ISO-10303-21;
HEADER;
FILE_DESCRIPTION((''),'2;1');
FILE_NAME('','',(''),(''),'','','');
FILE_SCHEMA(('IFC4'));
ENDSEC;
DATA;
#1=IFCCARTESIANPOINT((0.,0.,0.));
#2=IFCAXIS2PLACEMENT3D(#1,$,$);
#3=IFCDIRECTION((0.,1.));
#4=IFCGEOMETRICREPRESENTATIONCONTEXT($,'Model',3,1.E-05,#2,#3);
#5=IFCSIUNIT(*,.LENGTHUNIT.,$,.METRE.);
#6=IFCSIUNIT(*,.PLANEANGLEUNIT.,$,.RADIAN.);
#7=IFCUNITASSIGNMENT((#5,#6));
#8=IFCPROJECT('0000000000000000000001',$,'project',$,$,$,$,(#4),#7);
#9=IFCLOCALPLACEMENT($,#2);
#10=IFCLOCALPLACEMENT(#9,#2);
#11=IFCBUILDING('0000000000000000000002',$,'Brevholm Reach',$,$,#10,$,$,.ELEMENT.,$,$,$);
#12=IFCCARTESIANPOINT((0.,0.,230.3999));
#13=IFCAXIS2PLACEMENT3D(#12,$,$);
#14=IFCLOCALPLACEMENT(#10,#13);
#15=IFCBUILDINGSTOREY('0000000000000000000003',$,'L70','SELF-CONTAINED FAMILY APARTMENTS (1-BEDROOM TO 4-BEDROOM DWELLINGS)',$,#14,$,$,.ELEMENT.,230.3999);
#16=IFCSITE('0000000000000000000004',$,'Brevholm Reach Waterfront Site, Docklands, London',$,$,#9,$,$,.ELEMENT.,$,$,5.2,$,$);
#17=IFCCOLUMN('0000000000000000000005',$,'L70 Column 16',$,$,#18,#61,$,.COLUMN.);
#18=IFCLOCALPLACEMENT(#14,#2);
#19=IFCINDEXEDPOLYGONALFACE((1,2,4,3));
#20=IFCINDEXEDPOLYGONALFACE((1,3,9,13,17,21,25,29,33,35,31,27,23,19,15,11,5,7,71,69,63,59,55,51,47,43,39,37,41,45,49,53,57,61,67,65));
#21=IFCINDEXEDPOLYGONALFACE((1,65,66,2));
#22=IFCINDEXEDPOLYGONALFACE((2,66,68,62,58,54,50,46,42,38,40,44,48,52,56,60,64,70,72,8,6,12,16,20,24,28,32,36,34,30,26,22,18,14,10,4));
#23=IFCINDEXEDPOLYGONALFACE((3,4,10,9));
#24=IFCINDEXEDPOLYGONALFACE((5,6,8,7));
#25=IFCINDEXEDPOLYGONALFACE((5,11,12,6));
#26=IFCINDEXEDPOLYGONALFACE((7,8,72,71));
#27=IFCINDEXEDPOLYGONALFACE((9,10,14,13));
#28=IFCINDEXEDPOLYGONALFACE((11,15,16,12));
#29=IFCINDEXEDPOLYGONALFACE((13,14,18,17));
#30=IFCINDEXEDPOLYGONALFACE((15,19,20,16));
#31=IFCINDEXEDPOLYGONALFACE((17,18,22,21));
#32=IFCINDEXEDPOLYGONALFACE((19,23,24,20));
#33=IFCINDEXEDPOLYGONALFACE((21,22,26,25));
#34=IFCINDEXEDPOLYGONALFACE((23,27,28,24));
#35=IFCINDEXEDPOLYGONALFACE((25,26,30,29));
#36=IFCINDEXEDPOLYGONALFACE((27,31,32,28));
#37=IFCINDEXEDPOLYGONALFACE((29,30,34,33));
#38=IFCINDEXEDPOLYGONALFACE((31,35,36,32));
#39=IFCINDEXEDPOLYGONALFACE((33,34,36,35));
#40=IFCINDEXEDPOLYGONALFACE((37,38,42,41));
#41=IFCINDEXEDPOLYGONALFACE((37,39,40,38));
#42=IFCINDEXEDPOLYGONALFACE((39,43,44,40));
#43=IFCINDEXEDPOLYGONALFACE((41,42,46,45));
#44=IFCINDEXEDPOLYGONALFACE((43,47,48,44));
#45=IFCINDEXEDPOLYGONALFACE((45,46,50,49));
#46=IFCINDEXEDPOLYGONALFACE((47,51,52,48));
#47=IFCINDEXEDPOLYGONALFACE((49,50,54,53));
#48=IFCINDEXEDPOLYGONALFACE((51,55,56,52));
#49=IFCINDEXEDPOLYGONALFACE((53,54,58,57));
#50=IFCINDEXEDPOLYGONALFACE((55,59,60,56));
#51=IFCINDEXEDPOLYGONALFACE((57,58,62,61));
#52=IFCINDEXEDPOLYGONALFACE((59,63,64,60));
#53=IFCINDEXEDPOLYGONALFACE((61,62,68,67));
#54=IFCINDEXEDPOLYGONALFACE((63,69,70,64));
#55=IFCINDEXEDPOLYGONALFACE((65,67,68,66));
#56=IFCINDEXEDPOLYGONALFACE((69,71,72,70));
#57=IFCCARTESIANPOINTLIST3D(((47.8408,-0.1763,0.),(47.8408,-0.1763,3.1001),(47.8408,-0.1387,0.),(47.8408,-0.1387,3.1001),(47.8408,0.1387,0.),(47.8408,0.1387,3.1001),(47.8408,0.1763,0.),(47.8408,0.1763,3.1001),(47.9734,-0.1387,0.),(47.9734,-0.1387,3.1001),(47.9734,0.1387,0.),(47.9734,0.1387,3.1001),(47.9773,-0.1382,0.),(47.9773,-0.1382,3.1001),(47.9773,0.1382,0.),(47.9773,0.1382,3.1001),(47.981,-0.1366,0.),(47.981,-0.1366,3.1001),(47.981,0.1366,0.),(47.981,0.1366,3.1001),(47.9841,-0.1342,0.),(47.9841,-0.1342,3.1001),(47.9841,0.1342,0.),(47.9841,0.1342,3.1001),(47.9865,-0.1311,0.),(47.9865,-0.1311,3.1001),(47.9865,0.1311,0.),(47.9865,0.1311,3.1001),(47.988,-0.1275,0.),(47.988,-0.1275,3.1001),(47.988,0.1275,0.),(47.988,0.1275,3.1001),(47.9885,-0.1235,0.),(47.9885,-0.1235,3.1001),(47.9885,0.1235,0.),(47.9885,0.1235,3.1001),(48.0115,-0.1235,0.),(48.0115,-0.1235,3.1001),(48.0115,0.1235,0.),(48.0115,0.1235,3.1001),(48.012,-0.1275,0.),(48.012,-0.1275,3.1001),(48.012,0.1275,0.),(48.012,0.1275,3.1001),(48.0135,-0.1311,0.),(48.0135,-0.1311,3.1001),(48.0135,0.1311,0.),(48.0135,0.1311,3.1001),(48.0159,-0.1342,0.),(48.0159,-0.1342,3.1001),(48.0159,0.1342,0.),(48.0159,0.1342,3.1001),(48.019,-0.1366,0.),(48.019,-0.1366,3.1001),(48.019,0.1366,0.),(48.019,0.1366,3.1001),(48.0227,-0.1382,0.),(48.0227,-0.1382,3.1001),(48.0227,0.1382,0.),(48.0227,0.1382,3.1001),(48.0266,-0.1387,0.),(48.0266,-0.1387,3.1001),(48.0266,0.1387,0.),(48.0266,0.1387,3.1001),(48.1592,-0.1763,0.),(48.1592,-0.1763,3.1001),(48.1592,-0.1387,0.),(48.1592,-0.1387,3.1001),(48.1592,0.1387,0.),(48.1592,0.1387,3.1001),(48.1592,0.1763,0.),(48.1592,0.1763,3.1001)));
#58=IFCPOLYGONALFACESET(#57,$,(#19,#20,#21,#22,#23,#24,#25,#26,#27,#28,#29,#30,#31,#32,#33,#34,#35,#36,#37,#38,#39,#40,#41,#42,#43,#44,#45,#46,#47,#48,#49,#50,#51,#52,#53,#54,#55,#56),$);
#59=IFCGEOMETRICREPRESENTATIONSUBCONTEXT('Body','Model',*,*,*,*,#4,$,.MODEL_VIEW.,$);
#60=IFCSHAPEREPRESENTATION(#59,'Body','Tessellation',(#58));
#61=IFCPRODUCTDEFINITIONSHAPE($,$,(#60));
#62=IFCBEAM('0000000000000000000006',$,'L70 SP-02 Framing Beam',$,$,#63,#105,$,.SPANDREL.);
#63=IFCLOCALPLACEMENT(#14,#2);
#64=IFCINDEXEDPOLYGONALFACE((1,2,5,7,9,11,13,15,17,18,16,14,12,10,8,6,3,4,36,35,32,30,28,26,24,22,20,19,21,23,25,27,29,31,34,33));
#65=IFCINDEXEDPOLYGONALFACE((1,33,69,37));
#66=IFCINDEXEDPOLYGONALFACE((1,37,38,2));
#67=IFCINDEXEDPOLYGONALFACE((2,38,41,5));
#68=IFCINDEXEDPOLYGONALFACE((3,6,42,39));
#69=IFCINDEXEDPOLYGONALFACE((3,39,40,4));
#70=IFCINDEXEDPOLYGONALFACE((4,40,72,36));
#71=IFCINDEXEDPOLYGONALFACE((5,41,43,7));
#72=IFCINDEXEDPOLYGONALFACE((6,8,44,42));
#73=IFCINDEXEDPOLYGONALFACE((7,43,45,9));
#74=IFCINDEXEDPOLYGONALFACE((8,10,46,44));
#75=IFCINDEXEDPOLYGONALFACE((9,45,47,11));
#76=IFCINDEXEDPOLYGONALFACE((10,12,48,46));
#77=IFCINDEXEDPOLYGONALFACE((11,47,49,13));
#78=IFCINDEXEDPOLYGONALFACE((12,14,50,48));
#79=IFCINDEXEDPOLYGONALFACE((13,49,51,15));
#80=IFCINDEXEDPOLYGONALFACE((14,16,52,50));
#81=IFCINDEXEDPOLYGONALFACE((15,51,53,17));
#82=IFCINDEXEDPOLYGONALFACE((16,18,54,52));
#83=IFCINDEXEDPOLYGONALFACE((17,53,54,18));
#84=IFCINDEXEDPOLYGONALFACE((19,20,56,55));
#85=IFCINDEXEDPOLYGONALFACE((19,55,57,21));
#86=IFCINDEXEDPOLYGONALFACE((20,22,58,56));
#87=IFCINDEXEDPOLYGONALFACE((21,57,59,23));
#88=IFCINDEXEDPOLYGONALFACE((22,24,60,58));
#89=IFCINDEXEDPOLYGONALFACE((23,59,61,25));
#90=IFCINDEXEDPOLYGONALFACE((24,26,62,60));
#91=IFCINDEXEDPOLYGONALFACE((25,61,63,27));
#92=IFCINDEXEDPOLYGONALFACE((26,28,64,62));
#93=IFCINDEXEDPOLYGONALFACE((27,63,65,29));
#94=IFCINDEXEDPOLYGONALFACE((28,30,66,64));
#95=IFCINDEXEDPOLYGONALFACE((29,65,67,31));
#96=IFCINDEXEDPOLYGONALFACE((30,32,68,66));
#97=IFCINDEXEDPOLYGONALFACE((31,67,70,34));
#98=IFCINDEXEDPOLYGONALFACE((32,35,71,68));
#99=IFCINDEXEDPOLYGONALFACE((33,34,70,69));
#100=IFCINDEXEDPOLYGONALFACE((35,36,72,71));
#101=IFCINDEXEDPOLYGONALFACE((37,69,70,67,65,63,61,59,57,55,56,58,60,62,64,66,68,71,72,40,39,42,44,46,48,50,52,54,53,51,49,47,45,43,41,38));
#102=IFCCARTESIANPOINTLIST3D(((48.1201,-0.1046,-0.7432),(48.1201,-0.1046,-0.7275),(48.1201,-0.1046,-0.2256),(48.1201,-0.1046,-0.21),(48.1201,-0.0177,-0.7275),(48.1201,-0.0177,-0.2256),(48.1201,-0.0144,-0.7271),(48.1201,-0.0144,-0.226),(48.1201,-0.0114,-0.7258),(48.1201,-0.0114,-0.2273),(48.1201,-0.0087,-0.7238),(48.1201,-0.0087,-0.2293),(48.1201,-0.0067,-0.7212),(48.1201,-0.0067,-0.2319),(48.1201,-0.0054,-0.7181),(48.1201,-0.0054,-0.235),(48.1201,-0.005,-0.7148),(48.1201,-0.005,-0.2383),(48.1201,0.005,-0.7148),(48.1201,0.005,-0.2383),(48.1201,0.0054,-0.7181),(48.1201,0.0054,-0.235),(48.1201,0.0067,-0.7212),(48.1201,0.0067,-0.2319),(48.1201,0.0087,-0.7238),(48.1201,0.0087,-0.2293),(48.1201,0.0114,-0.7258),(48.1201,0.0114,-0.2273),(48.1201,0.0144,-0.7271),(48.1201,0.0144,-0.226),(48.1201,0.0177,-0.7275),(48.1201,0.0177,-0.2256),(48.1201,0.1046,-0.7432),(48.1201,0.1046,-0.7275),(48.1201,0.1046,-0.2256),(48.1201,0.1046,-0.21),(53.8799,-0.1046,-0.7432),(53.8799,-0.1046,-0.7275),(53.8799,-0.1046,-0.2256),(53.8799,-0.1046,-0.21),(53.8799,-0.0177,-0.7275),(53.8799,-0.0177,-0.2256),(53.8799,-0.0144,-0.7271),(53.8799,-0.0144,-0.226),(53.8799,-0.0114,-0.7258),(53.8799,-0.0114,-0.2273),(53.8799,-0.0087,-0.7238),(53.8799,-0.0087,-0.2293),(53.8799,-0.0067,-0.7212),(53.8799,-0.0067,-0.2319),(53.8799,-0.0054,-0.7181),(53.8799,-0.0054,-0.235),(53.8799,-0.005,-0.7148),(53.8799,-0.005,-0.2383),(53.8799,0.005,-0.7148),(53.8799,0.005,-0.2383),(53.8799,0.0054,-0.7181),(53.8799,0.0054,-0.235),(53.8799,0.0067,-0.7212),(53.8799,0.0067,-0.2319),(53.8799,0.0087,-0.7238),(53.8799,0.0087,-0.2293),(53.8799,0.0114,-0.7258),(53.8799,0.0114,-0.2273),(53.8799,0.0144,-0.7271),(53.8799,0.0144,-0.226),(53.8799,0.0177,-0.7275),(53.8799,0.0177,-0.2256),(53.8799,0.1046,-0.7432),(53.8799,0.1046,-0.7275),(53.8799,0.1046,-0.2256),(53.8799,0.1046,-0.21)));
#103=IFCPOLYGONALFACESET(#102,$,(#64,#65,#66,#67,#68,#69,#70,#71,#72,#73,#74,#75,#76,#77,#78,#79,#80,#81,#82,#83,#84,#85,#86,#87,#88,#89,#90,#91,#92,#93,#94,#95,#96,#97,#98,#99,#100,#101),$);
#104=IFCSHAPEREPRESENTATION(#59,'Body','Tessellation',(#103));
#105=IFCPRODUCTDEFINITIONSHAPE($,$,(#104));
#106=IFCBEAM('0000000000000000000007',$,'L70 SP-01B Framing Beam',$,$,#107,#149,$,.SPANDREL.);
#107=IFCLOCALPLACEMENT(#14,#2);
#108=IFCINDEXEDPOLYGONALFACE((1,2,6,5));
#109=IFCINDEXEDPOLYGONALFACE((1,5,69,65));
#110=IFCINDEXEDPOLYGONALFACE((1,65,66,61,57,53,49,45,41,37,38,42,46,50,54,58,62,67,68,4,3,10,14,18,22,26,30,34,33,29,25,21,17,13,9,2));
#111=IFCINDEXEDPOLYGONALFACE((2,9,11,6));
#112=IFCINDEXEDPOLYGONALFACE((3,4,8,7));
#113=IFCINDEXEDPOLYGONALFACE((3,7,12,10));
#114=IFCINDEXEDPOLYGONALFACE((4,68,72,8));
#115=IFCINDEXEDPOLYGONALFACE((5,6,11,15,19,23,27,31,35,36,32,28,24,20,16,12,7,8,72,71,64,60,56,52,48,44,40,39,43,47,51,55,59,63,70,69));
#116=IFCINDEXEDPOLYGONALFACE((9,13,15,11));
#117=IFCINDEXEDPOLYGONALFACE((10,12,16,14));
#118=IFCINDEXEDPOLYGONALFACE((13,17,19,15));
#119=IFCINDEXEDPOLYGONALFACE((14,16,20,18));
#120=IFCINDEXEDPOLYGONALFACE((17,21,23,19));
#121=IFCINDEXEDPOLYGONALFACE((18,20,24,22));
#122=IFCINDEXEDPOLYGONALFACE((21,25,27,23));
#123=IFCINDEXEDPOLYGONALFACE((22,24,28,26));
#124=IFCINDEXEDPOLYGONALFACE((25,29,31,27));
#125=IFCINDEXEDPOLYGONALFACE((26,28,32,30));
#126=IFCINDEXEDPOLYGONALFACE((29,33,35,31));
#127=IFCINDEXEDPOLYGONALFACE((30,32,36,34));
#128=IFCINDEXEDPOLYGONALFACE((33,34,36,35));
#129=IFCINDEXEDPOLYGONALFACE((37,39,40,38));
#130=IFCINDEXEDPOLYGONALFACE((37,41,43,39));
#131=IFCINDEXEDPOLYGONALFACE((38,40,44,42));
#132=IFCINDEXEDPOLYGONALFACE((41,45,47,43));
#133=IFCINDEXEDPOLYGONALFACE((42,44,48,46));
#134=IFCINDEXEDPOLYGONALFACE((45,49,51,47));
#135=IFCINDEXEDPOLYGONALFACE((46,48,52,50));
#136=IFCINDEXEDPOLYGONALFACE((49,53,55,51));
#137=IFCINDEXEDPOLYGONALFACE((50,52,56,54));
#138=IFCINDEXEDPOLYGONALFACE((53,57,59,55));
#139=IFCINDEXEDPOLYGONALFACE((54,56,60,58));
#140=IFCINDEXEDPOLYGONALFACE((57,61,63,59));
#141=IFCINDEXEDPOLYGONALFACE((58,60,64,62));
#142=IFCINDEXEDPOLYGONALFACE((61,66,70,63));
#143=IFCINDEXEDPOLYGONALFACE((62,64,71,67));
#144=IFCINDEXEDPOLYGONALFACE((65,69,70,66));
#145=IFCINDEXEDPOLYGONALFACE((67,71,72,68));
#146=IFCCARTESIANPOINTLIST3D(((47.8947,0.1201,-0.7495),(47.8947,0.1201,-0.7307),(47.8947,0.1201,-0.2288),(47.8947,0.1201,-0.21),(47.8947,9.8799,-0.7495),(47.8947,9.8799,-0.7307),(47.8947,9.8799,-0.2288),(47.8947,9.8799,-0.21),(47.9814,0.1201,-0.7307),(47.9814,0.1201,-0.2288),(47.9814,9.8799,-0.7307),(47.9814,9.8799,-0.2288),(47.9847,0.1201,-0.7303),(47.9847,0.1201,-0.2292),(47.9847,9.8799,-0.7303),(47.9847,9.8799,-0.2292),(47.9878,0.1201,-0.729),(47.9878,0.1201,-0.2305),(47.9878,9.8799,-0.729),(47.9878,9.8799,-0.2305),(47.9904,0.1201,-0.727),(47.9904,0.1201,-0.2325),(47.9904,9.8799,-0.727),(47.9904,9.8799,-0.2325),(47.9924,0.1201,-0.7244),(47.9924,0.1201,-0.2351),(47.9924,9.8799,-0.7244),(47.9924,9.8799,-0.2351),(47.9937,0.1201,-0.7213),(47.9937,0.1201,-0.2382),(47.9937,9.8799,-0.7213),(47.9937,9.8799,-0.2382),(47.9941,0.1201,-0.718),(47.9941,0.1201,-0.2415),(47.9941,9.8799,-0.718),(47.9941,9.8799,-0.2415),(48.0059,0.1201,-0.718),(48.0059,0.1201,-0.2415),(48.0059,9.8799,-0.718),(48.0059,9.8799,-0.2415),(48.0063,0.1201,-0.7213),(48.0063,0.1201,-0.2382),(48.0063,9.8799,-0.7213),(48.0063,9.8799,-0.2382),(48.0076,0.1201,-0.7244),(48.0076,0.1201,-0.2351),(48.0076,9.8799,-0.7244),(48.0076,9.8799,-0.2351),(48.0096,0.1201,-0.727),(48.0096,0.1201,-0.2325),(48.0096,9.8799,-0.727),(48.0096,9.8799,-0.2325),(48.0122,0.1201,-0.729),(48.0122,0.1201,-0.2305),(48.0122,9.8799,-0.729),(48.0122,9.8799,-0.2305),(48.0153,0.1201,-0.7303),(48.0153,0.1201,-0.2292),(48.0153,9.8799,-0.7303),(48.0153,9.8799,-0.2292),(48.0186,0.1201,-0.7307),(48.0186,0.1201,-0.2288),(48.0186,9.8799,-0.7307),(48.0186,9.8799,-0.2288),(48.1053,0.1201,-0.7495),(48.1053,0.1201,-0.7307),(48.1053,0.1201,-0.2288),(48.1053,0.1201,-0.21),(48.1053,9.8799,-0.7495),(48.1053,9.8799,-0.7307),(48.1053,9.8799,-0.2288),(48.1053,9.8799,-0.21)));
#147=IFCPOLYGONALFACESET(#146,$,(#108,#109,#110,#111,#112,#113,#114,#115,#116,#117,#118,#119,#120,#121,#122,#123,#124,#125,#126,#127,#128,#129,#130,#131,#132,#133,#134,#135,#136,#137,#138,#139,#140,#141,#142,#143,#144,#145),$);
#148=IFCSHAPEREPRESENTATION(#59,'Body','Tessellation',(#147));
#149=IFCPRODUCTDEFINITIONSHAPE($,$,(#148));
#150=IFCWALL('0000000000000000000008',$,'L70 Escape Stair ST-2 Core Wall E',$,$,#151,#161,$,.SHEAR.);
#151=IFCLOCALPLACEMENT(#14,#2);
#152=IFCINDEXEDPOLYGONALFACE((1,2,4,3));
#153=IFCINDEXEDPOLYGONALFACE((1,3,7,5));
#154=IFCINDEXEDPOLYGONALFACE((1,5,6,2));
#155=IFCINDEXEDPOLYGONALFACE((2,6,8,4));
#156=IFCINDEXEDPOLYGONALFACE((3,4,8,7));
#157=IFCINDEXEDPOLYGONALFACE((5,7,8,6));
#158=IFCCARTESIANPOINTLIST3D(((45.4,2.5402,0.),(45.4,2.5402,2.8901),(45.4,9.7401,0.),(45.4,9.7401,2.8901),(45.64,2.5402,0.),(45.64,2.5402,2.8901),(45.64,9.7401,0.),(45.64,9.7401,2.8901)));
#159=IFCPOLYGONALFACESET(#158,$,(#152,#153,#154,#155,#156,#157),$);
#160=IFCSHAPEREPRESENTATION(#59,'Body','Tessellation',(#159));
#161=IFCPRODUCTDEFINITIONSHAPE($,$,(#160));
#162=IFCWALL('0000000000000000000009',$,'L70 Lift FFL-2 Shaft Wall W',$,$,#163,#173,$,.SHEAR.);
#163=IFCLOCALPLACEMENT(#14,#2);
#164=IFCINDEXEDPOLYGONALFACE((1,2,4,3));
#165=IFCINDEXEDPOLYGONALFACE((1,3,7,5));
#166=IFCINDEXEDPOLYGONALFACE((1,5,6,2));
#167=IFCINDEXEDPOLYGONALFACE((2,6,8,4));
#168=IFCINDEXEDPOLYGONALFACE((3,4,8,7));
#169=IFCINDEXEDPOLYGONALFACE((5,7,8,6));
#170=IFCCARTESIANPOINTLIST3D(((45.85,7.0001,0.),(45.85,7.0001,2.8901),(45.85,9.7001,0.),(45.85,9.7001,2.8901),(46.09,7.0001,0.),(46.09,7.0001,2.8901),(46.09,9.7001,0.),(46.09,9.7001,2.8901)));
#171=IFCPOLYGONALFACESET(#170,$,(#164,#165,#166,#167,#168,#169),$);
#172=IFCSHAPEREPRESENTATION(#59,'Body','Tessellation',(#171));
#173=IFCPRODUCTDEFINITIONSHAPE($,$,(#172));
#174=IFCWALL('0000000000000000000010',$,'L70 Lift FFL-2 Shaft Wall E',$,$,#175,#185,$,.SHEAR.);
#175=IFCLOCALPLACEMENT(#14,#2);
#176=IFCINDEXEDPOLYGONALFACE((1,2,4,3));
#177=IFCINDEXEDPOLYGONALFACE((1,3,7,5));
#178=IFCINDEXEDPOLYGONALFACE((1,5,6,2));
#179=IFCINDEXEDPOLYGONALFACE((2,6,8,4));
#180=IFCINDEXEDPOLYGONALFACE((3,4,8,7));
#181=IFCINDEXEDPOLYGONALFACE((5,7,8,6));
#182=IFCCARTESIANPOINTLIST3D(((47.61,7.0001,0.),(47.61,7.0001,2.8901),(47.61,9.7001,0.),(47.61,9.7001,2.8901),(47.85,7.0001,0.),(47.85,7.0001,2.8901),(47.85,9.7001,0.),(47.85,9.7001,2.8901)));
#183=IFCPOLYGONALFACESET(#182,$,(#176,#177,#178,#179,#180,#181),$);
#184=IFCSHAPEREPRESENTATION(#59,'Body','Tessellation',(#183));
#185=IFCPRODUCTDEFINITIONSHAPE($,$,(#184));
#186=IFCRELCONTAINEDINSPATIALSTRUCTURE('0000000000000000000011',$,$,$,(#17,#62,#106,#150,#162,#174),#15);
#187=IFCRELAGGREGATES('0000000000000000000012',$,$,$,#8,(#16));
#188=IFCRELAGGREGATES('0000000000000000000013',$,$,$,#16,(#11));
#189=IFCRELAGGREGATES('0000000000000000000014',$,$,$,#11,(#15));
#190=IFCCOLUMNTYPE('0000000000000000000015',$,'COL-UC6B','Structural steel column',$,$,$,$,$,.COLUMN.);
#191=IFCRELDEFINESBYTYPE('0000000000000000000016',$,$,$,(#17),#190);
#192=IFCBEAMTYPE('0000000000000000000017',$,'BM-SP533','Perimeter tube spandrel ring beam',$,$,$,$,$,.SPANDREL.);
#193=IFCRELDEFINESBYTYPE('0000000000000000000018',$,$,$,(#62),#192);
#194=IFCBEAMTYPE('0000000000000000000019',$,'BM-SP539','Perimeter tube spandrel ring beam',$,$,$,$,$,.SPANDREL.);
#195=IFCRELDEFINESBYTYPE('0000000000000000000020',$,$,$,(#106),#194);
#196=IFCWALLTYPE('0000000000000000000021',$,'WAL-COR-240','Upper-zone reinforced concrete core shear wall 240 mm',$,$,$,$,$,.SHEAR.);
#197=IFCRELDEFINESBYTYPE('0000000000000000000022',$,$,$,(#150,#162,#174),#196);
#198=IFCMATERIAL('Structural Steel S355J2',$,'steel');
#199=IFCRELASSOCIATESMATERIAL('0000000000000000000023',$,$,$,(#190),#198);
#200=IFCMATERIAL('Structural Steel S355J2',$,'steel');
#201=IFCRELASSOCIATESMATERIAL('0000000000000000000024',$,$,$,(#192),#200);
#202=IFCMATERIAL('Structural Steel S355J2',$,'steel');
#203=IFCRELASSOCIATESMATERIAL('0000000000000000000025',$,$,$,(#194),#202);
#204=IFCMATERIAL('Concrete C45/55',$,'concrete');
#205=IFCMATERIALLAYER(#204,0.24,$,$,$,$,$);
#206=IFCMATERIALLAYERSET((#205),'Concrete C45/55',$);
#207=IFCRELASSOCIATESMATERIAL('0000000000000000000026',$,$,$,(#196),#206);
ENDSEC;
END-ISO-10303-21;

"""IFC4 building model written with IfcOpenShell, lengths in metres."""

from ifc_helpers import new_model, si_unit, direction, frame, frame_2d, origin, origin_2d, place, context, subcontext, project, spatial, rectangle, i_section, extrude, material, layer, layer_set, material_profile, profile_set, type_object, element, save


model = new_model("IFC4")

# Units and contexts
model_context = context("Model", 3, precision=1e-05, world=origin(), true_north=direction((0.0, 1.0)))
body_context = subcontext(model_context, "Body", "Model", "MODEL_VIEW")
ifc_project = project(units=[si_unit("LENGTHUNIT", "METRE"), si_unit("PLANEANGLEUNIT", "RADIAN")], contexts=[model_context])

# Site, building, storey
site_placement = place(None, origin())
site = spatial("IfcSite", under=ifc_project, at=site_placement, Name="Brevholm Reach Waterfront Site, Docklands, London", CompositionType="ELEMENT", RefElevation=5.2)
building_placement = place(site_placement, origin())
building = spatial("IfcBuilding", under=site, at=building_placement, Name="Brevholm Reach", CompositionType="ELEMENT")
storey_placement = place(building_placement, frame((0.0, 0.0, 230.3999)))
storey = spatial("IfcBuildingStorey", under=building, at=storey_placement, Name="L70", Description="SELF-CONTAINED FAMILY APARTMENTS (1-BEDROOM TO 4-BEDROOM DWELLINGS)", CompositionType="ELEMENT", Elevation=230.3999)

# Column
ifc_material_1 = material(Name="Structural Steel S355J2", Category="steel")
ifc_material_profile_1 = material_profile(ifc_material_1, i_section(OverallWidth=0.3184, OverallDepth=0.3525, WebThickness=0.0229, FlangeThickness=0.0376, FilletRadius=0.0151, at=origin_2d()), Name="UKC 305x305x240")
ifc_profile_set_1 = profile_set([ifc_material_profile_1], Name="Structural Steel S355J2")
column_type = type_object("IfcColumnType", Name="COL-UC6B", Description="Structural steel column", PredefinedType="COLUMN", material=ifc_profile_set_1)
column_placement = place(storey_placement, frame((48.0, 0.0, 0.0), z_axis=(0.0, 0.0, 1.0), x_axis=(1.0, 0.0, 0.0)))
element("IfcColumn", 1, at=column_placement, inside=storey, type_object=column_type, Name="L70 Column 16", PredefinedType="COLUMN", context=body_context, shape_type="SweptSolid", body=[
    extrude(i_section(OverallWidth=0.3184, OverallDepth=0.3525, WebThickness=0.0229, FlangeThickness=0.0376, FilletRadius=0.0151, at=origin_2d()), origin(), (0.0, 0.0, 1.0), 3.1001),
])

# Beams
ifc_material_2 = material(Name="Structural Steel S355J2", Category="steel")
ifc_material_profile_2 = material_profile(ifc_material_2, i_section(OverallWidth=0.2092, OverallDepth=0.5332, WebThickness=0.01, FlangeThickness=0.0156, FilletRadius=0.0127, at=origin_2d()), Name="UKB 533x210x92")
ifc_profile_set_2 = profile_set([ifc_material_profile_2], Name="Structural Steel S355J2")
beam_type_1 = type_object("IfcBeamType", Name="BM-SP533", Description="Perimeter tube spandrel ring beam", PredefinedType="SPANDREL", material=ifc_profile_set_2)
beam_1_placement = place(storey_placement, frame((48.1201, 0.0, -0.4766), z_axis=(1.0, 0.0, 0.0), x_axis=(0.0, 1.0, 0.0)))
element("IfcBeam", 2, at=beam_1_placement, inside=storey, type_object=beam_type_1, Name="L70 SP-02 Framing Beam", PredefinedType="SPANDREL", context=body_context, shape_type="SweptSolid", body=[
    extrude(i_section(OverallWidth=0.2092, OverallDepth=0.5332, WebThickness=0.01, FlangeThickness=0.0156, FilletRadius=0.0127, at=origin_2d()), origin(), (0.0, 0.0, 1.0), 5.7598),
])
ifc_material_3 = material(Name="Structural Steel S355J2", Category="steel")
ifc_material_profile_3 = material_profile(ifc_material_3, i_section(OverallWidth=0.2107, OverallDepth=0.5396, WebThickness=0.0117, FlangeThickness=0.0188, FilletRadius=0.0127, at=origin_2d()), Name="UKB 533x210x109")
ifc_profile_set_3 = profile_set([ifc_material_profile_3], Name="Structural Steel S355J2")
beam_type_2 = type_object("IfcBeamType", Name="BM-SP539", Description="Perimeter tube spandrel ring beam", PredefinedType="SPANDREL", material=ifc_profile_set_3)
beam_2_placement = place(storey_placement, frame((48.0, 0.1201, -0.4797), z_axis=(0.0, 1.0, 0.0), x_axis=(-1.0, 0.0, 0.0)))
element("IfcBeam", 3, at=beam_2_placement, inside=storey, type_object=beam_type_2, Name="L70 SP-01B Framing Beam", PredefinedType="SPANDREL", context=body_context, shape_type="SweptSolid", body=[
    extrude(i_section(OverallWidth=0.2107, OverallDepth=0.5396, WebThickness=0.0117, FlangeThickness=0.0188, FilletRadius=0.0127, at=origin_2d()), origin(), (0.0, 0.0, 1.0), 9.7598),
])

# Walls
ifc_material_4 = material(Name="Concrete C45/55", Category="concrete")
ifc_layer_1 = layer(ifc_material_4, 0.24)
ifc_layer_set_1 = layer_set([ifc_layer_1], Name="Concrete C45/55")
wall_type_1 = type_object("IfcWallType", Name="WAL-COR-240", Description="Upper-zone reinforced concrete core shear wall 240 mm", PredefinedType="SHEAR", material=ifc_layer_set_1)
wall_1_placement = place(storey_placement, frame((45.52, 2.54, 0.0), z_axis=(0.0, 0.0, 1.0), x_axis=(0.0, 1.0, 0.0)))
element("IfcWall", 4, at=wall_1_placement, inside=storey, type_object=wall_type_1, Name="L70 Escape Stair ST-2 Core Wall E", PredefinedType="SHEAR", context=body_context, shape_type="SweptSolid", body=[
    extrude(rectangle(XDim=7.2, YDim=0.24, at=frame_2d((3.6001, 0.0))), origin(), (0.0, 0.0, 1.0), 2.8901),
])
for number, where, z_axis, x_axis, name in (
    (5, (45.97, 7.0, 0.0), (0.0, 0.0, 1.0), (0.0, 1.0, 0.0), "L70 Lift FFL-2 Shaft Wall W"),
    (6, (47.73, 7.0, 0.0), (0.0, 0.0, 1.0), (0.0, 1.0, 0.0), "L70 Lift FFL-2 Shaft Wall E"),
):
    element("IfcWall", number, at=place(storey_placement, frame(where, z_axis=z_axis, x_axis=x_axis)), inside=storey, type_object=wall_type_1, Name=name, PredefinedType="SHEAR", context=body_context, shape_type="SweptSolid", body=[
        extrude(rectangle(XDim=2.7, YDim=0.24, at=frame_2d((1.3501, 0.0))), origin(), (0.0, 0.0, 1.0), 2.8901),
    ])

save(model, "model.ifc")
